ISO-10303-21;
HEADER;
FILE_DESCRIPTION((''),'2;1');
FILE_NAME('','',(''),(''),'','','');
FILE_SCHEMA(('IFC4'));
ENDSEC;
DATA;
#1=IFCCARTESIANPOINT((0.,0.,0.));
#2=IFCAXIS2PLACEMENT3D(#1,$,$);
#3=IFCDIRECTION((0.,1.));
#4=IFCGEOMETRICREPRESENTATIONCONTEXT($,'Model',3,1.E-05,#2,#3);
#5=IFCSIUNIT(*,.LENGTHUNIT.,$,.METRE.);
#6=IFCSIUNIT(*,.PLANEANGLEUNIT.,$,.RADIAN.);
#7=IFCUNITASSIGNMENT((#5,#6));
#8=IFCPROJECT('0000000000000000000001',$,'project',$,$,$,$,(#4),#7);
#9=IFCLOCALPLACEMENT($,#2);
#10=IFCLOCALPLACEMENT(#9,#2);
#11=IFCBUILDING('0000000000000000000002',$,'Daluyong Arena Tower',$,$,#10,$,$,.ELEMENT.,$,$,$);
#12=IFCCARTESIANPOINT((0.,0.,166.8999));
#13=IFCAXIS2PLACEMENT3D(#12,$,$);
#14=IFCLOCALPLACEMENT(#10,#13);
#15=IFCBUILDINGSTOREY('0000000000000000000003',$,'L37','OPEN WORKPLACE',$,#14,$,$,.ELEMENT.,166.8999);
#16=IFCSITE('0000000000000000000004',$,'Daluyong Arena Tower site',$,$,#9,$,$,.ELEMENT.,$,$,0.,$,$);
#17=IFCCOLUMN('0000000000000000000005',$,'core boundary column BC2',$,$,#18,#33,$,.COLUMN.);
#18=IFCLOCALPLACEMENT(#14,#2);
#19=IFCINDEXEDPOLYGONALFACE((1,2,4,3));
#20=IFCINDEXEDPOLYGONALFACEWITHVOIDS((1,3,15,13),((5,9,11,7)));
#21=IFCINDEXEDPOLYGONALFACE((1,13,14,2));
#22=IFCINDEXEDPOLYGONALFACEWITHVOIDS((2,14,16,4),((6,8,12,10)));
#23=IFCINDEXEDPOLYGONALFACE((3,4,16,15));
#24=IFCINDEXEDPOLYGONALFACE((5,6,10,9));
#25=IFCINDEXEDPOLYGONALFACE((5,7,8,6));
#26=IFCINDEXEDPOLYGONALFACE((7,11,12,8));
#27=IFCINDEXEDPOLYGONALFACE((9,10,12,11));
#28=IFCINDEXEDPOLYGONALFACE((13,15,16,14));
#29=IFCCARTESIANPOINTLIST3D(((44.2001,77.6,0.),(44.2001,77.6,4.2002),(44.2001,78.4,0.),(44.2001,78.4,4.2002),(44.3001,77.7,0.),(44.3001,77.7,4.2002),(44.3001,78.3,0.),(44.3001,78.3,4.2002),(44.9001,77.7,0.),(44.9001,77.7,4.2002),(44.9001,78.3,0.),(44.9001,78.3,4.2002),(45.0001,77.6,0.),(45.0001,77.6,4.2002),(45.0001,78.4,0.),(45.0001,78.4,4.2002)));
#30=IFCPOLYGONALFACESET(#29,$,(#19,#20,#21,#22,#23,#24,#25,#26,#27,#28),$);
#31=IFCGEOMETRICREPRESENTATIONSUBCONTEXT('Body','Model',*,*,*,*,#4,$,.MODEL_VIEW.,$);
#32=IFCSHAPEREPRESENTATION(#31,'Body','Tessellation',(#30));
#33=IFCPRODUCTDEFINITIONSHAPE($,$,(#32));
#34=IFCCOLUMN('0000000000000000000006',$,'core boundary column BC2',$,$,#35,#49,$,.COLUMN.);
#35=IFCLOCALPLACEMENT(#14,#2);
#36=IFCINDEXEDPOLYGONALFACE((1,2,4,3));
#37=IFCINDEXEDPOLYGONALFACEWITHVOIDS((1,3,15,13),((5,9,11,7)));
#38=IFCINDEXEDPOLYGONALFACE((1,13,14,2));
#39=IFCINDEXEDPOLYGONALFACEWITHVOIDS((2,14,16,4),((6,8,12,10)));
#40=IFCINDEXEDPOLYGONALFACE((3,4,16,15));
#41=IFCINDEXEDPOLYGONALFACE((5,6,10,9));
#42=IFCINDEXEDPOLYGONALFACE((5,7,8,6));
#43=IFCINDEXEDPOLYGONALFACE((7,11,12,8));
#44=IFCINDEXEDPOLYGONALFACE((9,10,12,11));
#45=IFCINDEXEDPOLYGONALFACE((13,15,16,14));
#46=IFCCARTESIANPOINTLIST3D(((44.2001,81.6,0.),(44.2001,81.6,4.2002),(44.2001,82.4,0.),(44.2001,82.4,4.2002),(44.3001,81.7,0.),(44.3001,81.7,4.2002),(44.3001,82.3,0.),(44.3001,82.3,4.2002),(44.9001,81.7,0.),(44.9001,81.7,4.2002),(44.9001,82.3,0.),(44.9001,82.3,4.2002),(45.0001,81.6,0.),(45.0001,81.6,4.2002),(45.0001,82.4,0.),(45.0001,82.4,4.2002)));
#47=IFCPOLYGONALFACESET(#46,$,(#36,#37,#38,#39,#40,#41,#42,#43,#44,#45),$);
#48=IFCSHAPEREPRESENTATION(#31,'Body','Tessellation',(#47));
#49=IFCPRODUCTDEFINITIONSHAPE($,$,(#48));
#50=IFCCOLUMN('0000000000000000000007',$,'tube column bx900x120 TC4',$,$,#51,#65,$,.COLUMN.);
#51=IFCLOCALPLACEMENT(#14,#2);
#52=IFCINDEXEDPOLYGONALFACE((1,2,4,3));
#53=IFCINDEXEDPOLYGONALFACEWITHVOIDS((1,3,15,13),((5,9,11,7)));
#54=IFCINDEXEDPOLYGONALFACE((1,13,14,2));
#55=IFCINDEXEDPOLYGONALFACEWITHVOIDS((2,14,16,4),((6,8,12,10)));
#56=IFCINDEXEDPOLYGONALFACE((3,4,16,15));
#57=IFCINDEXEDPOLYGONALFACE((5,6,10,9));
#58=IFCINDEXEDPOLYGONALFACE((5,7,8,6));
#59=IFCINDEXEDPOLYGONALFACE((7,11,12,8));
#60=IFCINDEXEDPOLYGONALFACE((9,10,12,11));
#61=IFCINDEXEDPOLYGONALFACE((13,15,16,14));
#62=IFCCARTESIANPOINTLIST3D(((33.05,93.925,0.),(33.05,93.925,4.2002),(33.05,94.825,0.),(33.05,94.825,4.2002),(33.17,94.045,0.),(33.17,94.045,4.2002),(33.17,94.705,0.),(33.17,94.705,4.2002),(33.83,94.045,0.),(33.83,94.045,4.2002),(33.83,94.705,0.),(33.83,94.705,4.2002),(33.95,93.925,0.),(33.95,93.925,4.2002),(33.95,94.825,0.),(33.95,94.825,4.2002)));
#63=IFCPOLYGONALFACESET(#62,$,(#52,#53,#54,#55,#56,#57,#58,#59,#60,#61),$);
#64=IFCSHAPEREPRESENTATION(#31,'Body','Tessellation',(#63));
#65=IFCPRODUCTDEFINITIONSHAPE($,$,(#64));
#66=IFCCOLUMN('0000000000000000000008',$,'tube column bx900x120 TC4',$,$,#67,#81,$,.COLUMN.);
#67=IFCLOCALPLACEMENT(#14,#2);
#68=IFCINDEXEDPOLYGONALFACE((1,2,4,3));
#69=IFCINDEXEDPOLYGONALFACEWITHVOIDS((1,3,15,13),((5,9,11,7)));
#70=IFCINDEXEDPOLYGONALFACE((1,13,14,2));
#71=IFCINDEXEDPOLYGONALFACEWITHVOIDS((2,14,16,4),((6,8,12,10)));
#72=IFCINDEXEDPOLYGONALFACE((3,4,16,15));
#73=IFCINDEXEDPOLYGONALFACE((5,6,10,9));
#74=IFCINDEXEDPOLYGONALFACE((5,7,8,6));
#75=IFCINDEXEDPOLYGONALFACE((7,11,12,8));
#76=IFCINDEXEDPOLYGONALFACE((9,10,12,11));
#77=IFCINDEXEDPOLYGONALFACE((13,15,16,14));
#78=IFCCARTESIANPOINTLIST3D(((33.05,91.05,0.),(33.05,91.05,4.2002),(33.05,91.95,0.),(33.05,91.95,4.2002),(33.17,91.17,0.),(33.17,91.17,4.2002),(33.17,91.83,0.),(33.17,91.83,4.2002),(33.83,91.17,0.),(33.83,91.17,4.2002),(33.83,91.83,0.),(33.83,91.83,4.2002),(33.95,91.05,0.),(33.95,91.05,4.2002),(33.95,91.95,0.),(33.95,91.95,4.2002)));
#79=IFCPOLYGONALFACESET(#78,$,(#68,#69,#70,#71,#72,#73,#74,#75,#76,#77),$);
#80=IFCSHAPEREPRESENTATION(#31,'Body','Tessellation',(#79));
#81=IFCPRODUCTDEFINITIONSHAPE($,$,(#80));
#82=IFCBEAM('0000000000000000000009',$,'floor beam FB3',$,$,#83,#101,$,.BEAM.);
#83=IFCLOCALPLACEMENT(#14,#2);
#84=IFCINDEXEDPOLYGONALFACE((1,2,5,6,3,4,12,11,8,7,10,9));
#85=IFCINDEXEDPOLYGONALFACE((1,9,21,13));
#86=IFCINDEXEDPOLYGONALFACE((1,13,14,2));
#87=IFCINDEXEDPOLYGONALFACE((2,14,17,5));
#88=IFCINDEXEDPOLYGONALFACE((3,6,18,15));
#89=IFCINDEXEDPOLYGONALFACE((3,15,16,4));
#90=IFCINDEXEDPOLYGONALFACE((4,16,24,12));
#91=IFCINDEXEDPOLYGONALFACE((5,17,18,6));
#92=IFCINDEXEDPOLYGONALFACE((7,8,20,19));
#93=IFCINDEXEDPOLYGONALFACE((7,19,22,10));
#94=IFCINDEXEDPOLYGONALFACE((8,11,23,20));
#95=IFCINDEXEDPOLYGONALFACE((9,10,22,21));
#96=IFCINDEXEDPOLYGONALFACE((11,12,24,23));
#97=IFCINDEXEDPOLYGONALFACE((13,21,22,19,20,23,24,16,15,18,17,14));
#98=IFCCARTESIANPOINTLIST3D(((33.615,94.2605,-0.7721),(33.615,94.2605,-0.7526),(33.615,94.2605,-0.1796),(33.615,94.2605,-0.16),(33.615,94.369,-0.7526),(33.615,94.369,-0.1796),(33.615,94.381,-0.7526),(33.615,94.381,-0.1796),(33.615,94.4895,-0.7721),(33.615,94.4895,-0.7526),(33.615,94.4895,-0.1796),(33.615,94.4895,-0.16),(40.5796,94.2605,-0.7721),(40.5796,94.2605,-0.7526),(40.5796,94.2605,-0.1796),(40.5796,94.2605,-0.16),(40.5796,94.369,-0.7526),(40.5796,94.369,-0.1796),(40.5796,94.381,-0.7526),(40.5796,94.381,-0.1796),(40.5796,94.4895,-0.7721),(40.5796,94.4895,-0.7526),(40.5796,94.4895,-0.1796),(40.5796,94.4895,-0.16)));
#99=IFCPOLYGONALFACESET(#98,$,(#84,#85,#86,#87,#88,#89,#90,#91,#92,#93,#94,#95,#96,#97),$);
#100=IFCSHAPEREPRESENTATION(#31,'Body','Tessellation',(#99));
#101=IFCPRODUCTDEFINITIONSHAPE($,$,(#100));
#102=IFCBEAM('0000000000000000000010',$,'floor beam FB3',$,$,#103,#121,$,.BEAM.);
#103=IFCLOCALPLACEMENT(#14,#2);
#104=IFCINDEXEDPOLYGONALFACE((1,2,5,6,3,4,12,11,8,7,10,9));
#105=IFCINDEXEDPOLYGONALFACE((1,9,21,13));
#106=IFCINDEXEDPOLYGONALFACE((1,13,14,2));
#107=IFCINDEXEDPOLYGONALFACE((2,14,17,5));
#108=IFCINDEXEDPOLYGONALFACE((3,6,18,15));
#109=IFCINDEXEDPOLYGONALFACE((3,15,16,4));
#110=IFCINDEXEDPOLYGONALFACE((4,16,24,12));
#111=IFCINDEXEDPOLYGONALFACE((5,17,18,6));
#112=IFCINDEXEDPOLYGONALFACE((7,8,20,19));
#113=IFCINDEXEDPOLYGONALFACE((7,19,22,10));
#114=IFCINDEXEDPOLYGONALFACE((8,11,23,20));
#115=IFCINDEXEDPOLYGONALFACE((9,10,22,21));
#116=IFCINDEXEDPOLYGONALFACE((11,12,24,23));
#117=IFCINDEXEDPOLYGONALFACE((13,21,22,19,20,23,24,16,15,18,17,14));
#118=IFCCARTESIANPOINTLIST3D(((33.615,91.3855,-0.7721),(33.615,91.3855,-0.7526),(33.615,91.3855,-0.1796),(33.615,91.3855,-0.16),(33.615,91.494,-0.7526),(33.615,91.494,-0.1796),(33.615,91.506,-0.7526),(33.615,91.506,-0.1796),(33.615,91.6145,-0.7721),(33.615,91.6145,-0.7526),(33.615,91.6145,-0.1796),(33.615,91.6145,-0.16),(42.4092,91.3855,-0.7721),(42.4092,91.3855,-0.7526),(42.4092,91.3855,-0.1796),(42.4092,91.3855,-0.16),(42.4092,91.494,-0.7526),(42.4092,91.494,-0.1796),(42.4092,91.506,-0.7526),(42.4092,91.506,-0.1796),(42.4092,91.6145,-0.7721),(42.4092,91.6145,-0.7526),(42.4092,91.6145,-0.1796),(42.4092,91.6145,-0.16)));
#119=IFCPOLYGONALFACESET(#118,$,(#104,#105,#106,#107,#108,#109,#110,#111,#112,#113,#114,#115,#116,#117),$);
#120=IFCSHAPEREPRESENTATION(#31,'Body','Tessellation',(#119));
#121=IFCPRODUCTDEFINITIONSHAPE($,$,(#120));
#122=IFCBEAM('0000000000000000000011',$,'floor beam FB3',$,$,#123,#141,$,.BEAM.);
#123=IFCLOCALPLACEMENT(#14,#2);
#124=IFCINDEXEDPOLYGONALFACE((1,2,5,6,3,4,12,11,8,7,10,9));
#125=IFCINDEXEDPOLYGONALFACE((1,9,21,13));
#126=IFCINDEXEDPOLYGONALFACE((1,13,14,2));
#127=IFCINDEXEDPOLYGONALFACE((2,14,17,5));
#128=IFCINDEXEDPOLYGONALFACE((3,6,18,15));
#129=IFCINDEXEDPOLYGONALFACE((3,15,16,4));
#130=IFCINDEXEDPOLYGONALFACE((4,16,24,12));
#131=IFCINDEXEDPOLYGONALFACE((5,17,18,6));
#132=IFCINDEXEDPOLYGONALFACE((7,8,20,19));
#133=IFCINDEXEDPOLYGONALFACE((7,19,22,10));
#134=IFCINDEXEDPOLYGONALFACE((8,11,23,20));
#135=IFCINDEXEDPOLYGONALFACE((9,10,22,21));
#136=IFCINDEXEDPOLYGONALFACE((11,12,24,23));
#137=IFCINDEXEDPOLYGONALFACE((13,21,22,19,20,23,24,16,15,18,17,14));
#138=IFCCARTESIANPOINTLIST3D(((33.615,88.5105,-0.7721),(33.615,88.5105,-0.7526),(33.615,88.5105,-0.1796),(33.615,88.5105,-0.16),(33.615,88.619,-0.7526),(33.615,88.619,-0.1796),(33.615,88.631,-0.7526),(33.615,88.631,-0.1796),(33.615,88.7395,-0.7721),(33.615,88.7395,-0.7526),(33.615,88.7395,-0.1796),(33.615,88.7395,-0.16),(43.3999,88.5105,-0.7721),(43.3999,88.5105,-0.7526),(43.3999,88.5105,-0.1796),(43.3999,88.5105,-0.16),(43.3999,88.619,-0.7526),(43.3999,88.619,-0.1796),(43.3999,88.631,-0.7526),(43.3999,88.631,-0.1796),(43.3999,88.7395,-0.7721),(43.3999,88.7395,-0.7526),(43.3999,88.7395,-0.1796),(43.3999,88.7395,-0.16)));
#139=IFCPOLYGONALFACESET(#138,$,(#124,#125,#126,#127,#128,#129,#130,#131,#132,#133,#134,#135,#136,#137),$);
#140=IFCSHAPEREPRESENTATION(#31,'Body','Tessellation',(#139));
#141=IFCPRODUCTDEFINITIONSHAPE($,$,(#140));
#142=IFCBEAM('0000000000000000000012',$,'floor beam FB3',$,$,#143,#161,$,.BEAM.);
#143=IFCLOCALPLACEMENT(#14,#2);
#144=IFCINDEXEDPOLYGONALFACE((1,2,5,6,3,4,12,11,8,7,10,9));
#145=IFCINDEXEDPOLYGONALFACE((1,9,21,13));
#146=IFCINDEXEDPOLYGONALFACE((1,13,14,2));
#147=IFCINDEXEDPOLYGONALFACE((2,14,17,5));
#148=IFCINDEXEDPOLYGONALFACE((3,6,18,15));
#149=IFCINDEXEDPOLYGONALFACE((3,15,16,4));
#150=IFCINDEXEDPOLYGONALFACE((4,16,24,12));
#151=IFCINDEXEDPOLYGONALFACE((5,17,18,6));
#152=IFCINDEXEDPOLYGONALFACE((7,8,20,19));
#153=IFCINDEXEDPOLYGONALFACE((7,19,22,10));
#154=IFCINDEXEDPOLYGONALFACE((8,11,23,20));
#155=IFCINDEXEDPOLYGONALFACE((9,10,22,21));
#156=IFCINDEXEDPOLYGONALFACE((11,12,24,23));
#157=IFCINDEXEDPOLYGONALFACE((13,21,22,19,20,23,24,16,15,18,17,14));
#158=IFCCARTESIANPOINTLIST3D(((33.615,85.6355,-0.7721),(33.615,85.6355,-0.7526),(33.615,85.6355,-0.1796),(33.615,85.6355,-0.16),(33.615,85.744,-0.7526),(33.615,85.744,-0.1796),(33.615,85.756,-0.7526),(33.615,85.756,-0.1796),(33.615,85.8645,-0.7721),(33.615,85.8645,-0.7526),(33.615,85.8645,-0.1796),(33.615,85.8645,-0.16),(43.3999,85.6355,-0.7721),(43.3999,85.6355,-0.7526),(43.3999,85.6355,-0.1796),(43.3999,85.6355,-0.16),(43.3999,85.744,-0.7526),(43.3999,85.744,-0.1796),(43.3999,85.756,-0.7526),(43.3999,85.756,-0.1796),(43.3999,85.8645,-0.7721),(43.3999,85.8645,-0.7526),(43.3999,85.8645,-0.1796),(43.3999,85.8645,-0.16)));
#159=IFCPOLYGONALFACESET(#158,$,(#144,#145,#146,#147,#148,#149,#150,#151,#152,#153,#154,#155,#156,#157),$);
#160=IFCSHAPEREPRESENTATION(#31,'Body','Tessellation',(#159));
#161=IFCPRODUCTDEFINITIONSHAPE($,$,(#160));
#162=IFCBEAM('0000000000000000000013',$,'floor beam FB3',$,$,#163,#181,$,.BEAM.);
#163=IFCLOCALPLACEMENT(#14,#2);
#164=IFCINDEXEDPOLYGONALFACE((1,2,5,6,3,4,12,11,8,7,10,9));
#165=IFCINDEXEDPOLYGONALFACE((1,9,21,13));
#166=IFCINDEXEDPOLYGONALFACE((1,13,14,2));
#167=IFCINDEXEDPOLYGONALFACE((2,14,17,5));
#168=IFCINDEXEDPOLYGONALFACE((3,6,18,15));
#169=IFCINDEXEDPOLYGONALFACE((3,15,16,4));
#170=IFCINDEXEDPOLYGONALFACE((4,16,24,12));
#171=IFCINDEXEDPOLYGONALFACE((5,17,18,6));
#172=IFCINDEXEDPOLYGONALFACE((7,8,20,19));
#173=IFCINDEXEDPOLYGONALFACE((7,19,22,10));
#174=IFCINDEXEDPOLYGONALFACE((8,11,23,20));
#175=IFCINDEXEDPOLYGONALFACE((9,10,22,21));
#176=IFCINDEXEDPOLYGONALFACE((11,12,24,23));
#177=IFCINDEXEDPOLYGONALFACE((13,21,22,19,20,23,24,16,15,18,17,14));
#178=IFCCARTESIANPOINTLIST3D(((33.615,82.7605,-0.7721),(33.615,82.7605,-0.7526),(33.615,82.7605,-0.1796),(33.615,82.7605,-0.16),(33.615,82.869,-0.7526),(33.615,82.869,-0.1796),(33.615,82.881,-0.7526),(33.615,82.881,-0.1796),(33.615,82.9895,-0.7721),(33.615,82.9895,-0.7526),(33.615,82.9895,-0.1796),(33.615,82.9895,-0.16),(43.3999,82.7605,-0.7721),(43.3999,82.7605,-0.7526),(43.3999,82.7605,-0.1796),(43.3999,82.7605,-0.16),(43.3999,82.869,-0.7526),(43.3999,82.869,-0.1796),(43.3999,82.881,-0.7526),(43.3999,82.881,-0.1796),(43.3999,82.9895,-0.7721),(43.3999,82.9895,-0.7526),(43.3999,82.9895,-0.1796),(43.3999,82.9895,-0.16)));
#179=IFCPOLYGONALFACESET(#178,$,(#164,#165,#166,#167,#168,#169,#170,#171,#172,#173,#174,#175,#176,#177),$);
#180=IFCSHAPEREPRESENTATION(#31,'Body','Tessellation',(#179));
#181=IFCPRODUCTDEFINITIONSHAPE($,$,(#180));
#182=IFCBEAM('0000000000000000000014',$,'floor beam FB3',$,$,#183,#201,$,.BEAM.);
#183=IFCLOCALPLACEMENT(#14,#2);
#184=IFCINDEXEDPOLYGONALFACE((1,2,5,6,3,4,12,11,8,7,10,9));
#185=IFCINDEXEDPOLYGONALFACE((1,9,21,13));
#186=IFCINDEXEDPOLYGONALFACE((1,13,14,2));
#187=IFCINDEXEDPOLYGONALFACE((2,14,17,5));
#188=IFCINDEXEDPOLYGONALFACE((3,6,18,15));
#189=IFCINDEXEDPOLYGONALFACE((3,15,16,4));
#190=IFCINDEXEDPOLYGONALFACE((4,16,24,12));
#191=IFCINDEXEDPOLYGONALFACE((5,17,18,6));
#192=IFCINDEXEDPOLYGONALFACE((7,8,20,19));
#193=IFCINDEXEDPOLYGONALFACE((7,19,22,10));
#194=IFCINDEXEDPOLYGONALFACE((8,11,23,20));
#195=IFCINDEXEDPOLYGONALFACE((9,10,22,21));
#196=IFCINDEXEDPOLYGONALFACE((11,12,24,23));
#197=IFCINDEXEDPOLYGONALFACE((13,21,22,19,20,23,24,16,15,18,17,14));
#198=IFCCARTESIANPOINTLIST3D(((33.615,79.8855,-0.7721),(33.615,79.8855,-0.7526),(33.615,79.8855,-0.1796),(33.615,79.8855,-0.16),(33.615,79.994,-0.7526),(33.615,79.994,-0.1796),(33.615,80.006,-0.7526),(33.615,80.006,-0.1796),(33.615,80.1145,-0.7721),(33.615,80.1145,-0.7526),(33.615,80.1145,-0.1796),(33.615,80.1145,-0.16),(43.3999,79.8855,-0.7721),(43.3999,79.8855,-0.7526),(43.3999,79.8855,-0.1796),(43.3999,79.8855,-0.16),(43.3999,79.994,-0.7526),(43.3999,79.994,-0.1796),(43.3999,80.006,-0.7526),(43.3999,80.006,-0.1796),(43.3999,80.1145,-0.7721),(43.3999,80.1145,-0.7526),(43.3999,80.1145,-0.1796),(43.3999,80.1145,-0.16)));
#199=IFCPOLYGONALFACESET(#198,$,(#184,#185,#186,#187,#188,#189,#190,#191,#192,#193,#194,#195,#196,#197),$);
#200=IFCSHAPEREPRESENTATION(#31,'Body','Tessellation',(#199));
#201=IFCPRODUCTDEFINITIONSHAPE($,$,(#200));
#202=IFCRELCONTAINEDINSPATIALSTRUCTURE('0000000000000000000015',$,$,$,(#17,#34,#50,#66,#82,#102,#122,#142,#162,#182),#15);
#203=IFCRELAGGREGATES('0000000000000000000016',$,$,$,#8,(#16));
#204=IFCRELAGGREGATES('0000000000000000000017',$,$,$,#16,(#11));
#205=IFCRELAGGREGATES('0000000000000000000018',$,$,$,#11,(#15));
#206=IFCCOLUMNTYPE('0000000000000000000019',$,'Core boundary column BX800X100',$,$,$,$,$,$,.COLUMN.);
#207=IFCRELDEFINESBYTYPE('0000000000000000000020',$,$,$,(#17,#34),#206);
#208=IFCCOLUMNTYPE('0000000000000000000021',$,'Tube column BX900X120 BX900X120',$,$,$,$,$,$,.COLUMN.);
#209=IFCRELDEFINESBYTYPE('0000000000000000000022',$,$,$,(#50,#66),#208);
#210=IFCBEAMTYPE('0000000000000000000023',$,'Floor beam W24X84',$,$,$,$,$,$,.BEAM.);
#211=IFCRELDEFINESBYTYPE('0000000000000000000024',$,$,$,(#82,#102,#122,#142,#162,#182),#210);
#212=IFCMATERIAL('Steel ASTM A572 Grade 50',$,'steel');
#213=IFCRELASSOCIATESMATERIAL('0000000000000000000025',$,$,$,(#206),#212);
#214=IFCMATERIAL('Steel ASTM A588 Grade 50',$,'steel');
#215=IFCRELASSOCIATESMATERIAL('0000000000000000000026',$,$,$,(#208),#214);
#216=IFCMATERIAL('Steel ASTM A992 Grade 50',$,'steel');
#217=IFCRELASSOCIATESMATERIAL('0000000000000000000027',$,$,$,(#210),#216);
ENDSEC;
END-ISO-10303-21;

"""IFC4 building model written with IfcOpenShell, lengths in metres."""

from ifc_helpers import new_model, si_unit, direction, frame, origin, origin_2d, place, context, subcontext, project, spatial, hollow_rectangle, i_section, extrude, material, material_profile, profile_set, type_object, element, save


model = new_model("IFC4")

# Units and contexts
model_context = context("Model", 3, precision=1e-05, world=origin(), true_north=direction((0.0, 1.0)))
body_context = subcontext(model_context, "Body", "Model", "MODEL_VIEW")
ifc_project = project(units=[si_unit("LENGTHUNIT", "METRE"), si_unit("PLANEANGLEUNIT", "RADIAN")], contexts=[model_context])

# Site, building, storey
site_placement = place(None, origin())
site = spatial("IfcSite", under=ifc_project, at=site_placement, Name="Daluyong Arena Tower site", CompositionType="ELEMENT", RefElevation=0.0)
building_placement = place(site_placement, origin())
building = spatial("IfcBuilding", under=site, at=building_placement, Name="Daluyong Arena Tower", CompositionType="ELEMENT")
storey_placement = place(building_placement, frame((0.0, 0.0, 166.8999)))
storey = spatial("IfcBuildingStorey", under=building, at=storey_placement, Name="L37", Description="OPEN WORKPLACE", CompositionType="ELEMENT", Elevation=166.8999)

# Columns
ifc_material_1 = material(Name="Steel ASTM A572 Grade 50", Category="steel")
ifc_material_profile_1 = material_profile(ifc_material_1, hollow_rectangle(XDim=0.8, YDim=0.8, WallThickness=0.1, at=origin_2d()))
ifc_profile_set_1 = profile_set([ifc_material_profile_1], Name="Steel ASTM A572 Grade 50")
column_type_1 = type_object("IfcColumnType", Name="Core boundary column BX800X100", PredefinedType="COLUMN", material=ifc_profile_set_1)
for number, where, z_axis, x_axis, name in (
    (1, (44.6001, 78.0, 0.0), (0.0, 0.0, 1.0), (1.0, 0.0, 0.0), "core boundary column BC2"),
    (2, (44.6001, 82.0, 0.0), (0.0, 0.0, 1.0), (1.0, 0.0, 0.0), "core boundary column BC2"),
):
    element("IfcColumn", number, at=place(storey_placement, frame(where, z_axis=z_axis, x_axis=x_axis)), inside=storey, type_object=column_type_1, Name=name, PredefinedType="COLUMN", context=body_context, shape_type="SweptSolid", body=[
        extrude(hollow_rectangle(XDim=0.8, YDim=0.8, WallThickness=0.1, at=origin_2d()), origin(), (0.0, 0.0, 1.0), 4.2002),
    ])
ifc_material_2 = material(Name="Steel ASTM A588 Grade 50", Category="steel")
ifc_material_profile_2 = material_profile(ifc_material_2, hollow_rectangle(XDim=0.8999, YDim=0.8999, WallThickness=0.12, at=origin_2d()))
ifc_profile_set_2 = profile_set([ifc_material_profile_2], Name="Steel ASTM A588 Grade 50")
column_type_2 = type_object("IfcColumnType", Name="Tube column BX900X120 BX900X120", PredefinedType="COLUMN", material=ifc_profile_set_2)
for number, where, z_axis, x_axis, name in (
    (3, (33.5, 94.375, 0.0), (0.0, 0.0, 1.0), (0.0, 1.0, 0.0), "tube column bx900x120 TC4"),
    (4, (33.5, 91.5, 0.0), (0.0, 0.0, 1.0), (0.0, 1.0, 0.0), "tube column bx900x120 TC4"),
):
    element("IfcColumn", number, at=place(storey_placement, frame(where, z_axis=z_axis, x_axis=x_axis)), inside=storey, type_object=column_type_2, Name=name, PredefinedType="COLUMN", context=body_context, shape_type="SweptSolid", body=[
        extrude(hollow_rectangle(XDim=0.8999, YDim=0.8999, WallThickness=0.12, at=origin_2d()), origin(), (0.0, 0.0, 1.0), 4.2002),
    ])

# Beams
ifc_material_3 = material(Name="Steel ASTM A992 Grade 50", Category="steel")
ifc_material_profile_3 = material_profile(ifc_material_3, i_section(OverallWidth=0.229, OverallDepth=0.6121, WebThickness=0.012, FlangeThickness=0.0195, at=origin_2d()))
ifc_profile_set_3 = profile_set([ifc_material_profile_3], Name="Steel ASTM A992 Grade 50")
beam_type_1 = type_object("IfcBeamType", Name="Floor beam W24X84", PredefinedType="BEAM", material=ifc_profile_set_3)
beam_1_placement = place(storey_placement, frame((33.615, 94.375, -0.4661), z_axis=(1.0, 0.0, 0.0), x_axis=(0.0, 1.0, 0.0)))
element("IfcBeam", 5, at=beam_1_placement, inside=storey, type_object=beam_type_1, Name="floor beam FB3", PredefinedType="BEAM", context=body_context, shape_type="SweptSolid", body=[
    extrude(i_section(OverallWidth=0.229, OverallDepth=0.6121, WebThickness=0.012, FlangeThickness=0.0195, at=origin_2d()), origin(), (0.0, 0.0, 1.0), 6.9646),
])
beam_2_placement = place(storey_placement, frame((33.615, 91.5, -0.4661), z_axis=(1.0, 0.0, 0.0), x_axis=(0.0, 1.0, 0.0)))
element("IfcBeam", 6, at=beam_2_placement, inside=storey, type_object=beam_type_1, Name="floor beam FB3", PredefinedType="BEAM", context=body_context, shape_type="SweptSolid", body=[
    extrude(i_section(OverallWidth=0.229, OverallDepth=0.6121, WebThickness=0.012, FlangeThickness=0.0195, at=origin_2d()), origin(), (0.0, 0.0, 1.0), 8.7942),
])
for number, where, z_axis, x_axis, name in (
    (7, (33.615, 88.625, -0.4661), (1.0, 0.0, 0.0), (0.0, 1.0, 0.0), "floor beam FB3"),
    (8, (33.615, 85.75, -0.4661), (1.0, 0.0, 0.0), (0.0, 1.0, 0.0), "floor beam FB3"),
    (9, (33.615, 82.875, -0.4661), (1.0, 0.0, 0.0), (0.0, 1.0, 0.0), "floor beam FB3"),
    (10, (33.615, 80.0, -0.4661), (1.0, 0.0, 0.0), (0.0, 1.0, 0.0), "floor beam FB3"),
):
    element("IfcBeam", number, at=place(storey_placement, frame(where, z_axis=z_axis, x_axis=x_axis)), inside=storey, type_object=beam_type_1, Name=name, PredefinedType="BEAM", context=body_context, shape_type="SweptSolid", body=[
        extrude(i_section(OverallWidth=0.229, OverallDepth=0.6121, WebThickness=0.012, FlangeThickness=0.0195, at=origin_2d()), origin(), (0.0, 0.0, 1.0), 9.7849),
    ])

save(model, "model.ifc")
